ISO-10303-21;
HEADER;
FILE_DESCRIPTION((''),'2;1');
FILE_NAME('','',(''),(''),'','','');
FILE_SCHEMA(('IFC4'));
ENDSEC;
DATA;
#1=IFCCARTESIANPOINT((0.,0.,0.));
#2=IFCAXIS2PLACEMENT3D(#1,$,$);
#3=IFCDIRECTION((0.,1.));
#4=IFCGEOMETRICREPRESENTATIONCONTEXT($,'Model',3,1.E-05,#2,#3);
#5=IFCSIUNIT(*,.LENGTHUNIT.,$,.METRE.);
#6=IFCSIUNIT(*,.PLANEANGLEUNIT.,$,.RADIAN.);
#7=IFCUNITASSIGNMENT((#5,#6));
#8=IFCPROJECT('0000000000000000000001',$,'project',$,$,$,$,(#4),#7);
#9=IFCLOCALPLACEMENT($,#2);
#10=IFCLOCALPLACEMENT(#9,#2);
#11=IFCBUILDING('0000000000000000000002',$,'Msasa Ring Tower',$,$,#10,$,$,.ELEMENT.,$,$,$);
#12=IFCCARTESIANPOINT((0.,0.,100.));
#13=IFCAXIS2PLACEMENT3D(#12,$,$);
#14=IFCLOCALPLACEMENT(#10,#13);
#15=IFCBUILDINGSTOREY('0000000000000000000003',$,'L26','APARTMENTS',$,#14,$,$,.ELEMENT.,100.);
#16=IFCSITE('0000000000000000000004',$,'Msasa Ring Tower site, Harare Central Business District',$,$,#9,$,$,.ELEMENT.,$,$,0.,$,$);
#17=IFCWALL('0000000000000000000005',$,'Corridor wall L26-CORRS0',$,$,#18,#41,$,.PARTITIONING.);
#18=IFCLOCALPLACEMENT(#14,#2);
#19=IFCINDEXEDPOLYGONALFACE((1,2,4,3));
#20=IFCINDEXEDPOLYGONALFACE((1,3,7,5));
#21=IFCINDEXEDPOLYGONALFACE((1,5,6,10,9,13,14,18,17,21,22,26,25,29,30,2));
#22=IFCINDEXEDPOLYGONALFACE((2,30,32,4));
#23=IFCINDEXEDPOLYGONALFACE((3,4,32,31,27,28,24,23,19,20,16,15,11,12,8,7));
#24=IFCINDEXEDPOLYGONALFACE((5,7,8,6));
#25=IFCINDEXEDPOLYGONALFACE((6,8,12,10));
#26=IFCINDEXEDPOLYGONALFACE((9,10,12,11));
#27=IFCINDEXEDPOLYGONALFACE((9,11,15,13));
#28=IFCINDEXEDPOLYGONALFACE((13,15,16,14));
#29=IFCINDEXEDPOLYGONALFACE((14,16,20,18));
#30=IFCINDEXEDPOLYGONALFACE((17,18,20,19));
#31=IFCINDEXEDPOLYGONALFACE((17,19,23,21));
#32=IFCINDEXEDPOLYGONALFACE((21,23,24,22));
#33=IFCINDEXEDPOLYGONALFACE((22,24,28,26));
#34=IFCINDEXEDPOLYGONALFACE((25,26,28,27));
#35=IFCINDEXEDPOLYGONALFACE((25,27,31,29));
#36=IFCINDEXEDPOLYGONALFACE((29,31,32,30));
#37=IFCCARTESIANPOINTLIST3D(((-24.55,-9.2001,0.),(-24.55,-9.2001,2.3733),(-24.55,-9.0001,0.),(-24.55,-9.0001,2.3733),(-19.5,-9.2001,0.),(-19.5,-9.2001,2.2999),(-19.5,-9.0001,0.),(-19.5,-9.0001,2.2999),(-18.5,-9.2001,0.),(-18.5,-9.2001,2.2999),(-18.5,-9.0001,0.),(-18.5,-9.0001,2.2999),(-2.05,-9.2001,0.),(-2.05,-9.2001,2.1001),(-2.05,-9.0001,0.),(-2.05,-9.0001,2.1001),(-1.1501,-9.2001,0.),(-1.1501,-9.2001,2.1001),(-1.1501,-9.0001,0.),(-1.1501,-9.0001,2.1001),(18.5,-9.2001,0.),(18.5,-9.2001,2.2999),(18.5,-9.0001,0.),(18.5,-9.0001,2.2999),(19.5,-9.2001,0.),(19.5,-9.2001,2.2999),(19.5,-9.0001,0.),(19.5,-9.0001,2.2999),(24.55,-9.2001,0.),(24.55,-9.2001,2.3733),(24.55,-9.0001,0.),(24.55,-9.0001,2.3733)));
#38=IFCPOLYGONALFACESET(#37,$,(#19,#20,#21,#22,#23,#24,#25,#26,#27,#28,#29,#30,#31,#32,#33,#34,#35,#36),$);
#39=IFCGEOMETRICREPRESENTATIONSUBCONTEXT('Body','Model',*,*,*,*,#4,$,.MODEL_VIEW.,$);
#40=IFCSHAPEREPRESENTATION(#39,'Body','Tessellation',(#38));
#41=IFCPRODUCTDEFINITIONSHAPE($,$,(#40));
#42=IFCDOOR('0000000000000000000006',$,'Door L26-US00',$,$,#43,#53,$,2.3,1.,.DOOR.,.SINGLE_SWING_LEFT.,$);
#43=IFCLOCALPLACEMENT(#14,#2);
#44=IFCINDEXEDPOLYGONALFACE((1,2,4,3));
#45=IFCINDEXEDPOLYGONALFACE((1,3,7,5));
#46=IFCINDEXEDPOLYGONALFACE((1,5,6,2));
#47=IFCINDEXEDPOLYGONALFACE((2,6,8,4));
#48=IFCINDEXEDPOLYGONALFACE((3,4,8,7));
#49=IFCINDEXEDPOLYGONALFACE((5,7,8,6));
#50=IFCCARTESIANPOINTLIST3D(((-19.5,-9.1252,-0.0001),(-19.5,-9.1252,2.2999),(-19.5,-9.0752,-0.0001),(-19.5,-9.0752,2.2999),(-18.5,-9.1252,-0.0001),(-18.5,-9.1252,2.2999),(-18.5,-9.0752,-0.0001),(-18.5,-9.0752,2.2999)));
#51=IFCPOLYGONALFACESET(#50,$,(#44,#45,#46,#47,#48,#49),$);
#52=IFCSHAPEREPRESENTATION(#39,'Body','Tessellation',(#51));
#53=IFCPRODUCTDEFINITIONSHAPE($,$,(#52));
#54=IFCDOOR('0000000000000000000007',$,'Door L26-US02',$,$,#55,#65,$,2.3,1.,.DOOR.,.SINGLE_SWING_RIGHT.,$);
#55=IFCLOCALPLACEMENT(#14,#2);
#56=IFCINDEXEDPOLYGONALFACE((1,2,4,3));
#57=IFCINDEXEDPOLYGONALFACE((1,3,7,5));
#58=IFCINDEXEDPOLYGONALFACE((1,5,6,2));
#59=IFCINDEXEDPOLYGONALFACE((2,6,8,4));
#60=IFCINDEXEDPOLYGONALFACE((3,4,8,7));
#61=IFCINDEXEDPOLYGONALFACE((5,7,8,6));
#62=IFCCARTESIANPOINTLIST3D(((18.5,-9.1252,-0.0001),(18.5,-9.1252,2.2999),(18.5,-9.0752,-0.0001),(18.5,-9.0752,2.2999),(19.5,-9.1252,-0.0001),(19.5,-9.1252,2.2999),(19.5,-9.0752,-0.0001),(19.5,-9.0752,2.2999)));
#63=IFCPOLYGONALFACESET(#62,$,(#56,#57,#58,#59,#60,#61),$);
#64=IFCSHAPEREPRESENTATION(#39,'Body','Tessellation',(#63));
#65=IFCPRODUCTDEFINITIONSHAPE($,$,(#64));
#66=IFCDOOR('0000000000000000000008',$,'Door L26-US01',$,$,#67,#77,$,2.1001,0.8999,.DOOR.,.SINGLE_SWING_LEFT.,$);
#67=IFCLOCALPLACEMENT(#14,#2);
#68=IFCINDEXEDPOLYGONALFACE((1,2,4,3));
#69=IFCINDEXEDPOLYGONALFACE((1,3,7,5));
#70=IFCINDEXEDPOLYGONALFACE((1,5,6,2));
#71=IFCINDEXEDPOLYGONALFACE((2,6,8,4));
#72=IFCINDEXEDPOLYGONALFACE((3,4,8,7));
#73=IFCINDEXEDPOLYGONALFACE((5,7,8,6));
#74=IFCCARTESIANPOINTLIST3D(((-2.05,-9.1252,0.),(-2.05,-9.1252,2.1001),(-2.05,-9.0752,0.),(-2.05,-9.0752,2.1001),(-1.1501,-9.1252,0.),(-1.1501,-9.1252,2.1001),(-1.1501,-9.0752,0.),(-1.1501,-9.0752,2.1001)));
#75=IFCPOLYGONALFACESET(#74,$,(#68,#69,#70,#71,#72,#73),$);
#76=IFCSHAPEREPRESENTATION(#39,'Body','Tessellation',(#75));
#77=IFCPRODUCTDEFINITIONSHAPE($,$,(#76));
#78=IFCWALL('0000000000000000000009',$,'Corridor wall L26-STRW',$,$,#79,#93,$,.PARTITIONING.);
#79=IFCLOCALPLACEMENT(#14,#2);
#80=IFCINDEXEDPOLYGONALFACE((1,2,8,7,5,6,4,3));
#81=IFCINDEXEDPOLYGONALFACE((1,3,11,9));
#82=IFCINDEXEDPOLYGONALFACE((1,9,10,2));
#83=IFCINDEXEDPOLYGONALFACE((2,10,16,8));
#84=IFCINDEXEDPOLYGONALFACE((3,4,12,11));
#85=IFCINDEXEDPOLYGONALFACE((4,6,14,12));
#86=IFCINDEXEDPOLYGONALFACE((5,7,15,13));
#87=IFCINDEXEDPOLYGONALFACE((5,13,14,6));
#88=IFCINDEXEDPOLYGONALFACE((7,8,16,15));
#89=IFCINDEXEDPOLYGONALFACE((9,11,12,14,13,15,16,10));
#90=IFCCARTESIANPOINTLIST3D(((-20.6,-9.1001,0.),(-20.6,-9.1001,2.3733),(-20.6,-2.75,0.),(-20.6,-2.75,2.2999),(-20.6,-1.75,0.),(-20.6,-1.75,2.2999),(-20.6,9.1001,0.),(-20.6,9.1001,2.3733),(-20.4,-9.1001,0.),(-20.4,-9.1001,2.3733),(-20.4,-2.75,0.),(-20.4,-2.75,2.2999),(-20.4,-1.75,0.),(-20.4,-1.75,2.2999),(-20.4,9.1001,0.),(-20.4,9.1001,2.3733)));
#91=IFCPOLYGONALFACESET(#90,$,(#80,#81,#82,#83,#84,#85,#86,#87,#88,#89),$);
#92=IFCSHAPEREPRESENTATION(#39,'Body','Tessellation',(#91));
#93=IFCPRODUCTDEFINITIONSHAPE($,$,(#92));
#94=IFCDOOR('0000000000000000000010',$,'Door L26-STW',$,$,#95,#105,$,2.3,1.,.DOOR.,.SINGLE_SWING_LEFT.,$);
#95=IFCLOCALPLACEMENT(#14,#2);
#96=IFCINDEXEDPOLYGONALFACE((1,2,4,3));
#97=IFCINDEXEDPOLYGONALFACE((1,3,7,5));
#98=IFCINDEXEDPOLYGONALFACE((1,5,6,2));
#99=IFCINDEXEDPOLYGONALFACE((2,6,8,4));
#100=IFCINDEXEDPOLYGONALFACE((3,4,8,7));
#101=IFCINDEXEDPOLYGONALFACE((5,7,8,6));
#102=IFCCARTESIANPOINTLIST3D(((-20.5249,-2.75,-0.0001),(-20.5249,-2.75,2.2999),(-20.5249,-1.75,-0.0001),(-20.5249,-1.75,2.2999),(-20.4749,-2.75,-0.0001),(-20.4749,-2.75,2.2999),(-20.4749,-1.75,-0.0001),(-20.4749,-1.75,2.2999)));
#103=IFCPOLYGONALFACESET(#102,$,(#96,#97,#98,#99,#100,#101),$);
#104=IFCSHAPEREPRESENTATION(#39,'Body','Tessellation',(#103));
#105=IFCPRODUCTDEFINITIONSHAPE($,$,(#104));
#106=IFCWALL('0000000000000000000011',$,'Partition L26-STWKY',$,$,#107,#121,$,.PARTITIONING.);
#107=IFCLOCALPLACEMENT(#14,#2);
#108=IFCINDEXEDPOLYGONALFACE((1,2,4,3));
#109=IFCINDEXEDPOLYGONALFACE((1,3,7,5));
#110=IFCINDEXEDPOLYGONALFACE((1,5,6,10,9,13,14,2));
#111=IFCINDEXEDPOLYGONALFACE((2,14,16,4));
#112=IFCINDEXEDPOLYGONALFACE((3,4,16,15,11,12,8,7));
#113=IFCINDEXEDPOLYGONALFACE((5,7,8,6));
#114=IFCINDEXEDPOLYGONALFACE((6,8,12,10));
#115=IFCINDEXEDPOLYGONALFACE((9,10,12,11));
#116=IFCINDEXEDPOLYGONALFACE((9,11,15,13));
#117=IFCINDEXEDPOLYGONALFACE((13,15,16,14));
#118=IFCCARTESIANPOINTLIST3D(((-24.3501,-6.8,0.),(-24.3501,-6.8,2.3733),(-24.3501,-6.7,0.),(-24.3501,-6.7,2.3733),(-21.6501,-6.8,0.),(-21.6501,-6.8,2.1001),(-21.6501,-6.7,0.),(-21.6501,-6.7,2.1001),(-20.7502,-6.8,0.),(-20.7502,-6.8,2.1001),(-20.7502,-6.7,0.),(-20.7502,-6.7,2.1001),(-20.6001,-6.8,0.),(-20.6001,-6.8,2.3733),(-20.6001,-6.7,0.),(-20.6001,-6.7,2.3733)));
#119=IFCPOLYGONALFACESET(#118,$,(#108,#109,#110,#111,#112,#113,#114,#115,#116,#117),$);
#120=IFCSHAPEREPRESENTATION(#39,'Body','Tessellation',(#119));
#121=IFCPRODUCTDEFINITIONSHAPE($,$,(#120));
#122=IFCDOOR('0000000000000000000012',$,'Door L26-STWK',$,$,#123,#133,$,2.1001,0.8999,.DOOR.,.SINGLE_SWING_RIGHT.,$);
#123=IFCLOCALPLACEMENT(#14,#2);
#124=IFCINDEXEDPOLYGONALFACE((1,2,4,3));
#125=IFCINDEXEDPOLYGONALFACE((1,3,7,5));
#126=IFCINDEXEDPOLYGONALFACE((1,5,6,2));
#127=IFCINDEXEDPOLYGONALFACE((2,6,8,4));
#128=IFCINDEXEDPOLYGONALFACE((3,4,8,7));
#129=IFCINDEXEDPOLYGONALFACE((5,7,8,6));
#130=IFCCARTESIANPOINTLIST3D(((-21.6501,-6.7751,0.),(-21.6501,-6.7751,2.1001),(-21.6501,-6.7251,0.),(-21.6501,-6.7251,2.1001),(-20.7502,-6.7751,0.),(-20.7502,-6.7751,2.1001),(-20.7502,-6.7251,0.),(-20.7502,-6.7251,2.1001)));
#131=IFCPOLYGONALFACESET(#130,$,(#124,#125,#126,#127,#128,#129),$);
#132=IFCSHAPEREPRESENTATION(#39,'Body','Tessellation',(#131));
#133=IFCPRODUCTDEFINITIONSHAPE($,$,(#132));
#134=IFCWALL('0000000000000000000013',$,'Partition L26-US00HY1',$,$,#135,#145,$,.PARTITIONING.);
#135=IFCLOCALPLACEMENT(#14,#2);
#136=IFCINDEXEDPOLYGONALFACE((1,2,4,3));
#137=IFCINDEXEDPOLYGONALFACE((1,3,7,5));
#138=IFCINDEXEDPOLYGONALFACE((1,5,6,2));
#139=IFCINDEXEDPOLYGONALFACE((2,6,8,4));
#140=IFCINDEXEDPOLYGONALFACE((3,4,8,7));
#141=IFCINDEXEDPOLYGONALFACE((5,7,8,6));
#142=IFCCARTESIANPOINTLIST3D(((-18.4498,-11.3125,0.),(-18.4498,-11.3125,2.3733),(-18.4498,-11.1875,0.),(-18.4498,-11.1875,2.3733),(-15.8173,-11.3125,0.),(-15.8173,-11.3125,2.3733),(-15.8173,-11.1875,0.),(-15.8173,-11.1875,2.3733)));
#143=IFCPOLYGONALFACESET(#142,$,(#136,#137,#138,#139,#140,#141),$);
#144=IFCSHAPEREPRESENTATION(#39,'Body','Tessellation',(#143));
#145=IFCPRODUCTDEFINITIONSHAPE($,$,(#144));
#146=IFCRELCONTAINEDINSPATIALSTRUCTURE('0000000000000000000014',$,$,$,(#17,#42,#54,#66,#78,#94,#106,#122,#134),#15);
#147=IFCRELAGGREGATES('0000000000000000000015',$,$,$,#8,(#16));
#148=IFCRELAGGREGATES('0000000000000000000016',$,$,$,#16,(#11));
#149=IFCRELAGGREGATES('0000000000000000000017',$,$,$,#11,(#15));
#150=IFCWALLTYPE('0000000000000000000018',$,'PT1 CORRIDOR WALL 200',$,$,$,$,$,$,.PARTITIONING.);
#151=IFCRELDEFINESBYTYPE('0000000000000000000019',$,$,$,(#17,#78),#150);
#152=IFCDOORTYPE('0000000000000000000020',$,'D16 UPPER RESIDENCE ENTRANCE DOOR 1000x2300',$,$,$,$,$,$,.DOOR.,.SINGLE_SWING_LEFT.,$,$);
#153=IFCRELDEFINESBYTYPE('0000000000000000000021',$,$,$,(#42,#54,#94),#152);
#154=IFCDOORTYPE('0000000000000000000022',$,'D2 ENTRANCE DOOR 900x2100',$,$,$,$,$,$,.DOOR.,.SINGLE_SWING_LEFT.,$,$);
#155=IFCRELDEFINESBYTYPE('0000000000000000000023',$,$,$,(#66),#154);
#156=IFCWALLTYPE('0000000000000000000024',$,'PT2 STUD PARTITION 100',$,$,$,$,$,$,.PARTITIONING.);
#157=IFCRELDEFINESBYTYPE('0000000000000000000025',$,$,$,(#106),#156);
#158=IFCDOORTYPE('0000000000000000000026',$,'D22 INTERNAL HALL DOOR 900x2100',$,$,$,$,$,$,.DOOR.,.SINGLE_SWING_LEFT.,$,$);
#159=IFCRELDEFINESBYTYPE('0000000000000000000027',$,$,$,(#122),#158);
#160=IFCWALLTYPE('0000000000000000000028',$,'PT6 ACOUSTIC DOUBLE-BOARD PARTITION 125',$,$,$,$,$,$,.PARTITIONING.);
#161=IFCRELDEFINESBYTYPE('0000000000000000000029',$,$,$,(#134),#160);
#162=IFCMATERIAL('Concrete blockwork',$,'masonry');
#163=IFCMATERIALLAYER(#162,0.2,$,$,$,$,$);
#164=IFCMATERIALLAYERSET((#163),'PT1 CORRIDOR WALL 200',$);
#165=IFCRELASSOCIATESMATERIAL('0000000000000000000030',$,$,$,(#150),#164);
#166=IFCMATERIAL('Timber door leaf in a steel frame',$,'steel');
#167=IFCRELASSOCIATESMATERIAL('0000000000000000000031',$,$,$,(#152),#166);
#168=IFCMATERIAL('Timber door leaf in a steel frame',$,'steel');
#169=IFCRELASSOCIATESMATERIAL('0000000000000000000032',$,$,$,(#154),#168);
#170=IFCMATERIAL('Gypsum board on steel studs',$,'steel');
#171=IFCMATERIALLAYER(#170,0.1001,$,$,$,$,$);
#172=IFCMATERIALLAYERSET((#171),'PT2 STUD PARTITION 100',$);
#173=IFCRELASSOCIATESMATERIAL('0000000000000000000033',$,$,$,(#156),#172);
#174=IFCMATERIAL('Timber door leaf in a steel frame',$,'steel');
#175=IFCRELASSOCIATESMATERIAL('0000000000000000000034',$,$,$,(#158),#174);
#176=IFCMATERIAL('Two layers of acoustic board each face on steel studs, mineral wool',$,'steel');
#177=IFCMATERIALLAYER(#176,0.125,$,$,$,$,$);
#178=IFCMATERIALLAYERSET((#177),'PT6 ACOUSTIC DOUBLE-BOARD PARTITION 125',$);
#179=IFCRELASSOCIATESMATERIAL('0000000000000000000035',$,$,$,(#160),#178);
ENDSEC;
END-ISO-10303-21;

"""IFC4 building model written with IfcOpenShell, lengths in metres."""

from ifc_helpers import new_model, si_unit, direction, frame, frame_2d, origin, place, context, subcontext, project, spatial, rectangle, extrude, material, layer, layer_set, type_object, element, fill, save


model = new_model("IFC4")

# Units and contexts
model_context = context("Model", 3, precision=1e-05, world=origin(), true_north=direction((0.0, 1.0)))
body_context = subcontext(model_context, "Body", "Model", "MODEL_VIEW")
ifc_project = project(units=[si_unit("LENGTHUNIT", "METRE"), si_unit("PLANEANGLEUNIT", "RADIAN")], contexts=[model_context])

# Site, building, storey
site_placement = place(None, origin())
site = spatial("IfcSite", under=ifc_project, at=site_placement, Name="Msasa Ring Tower site, Harare Central Business District", CompositionType="ELEMENT", RefElevation=0.0)
building_placement = place(site_placement, origin())
building = spatial("IfcBuilding", under=site, at=building_placement, Name="Msasa Ring Tower", CompositionType="ELEMENT")
storey_placement = place(building_placement, frame((0.0, 0.0, 100.0)))
storey = spatial("IfcBuildingStorey", under=building, at=storey_placement, Name="L26", Description="APARTMENTS", CompositionType="ELEMENT", Elevation=100.0)

# Wall, openings, doors
ifc_material_1 = material(Name="Concrete blockwork", Category="masonry")
ifc_layer_1 = layer(ifc_material_1, 0.2)
ifc_layer_set_1 = layer_set([ifc_layer_1], Name="PT1 CORRIDOR WALL 200")
wall_type_1 = type_object("IfcWallType", Name="PT1 CORRIDOR WALL 200", PredefinedType="PARTITIONING", material=ifc_layer_set_1)
wall_1_placement = place(storey_placement, frame((-24.55, -9.1001, 0.0), z_axis=(0.0, 0.0, 1.0), x_axis=(1.0, 0.0, 0.0)))
wall_1 = element("IfcWall", 1, at=wall_1_placement, inside=storey, type_object=wall_type_1, Name="Corridor wall L26-CORRS0", PredefinedType="PARTITIONING", context=body_context, shape_type="SweptSolid", body=[
    extrude(rectangle(XDim=49.1001, YDim=0.2, at=frame_2d((24.55, 0.0))), origin(), (0.0, 0.0, 1.0), 2.3733),
])
opening_1_placement = place(wall_1_placement, frame((5.05, 0.0, 0.0)))
opening_1 = element("IfcOpeningElement", 2, at=opening_1_placement, cuts=wall_1, PredefinedType="OPENING", context=body_context, shape_type="SweptSolid", body=[
    extrude(rectangle(XDim=1.0, YDim=2.3, at=frame_2d((0.5, 1.1499))), frame((0.0, 0.1099, 0.0), z_axis=(0.0, -1.0, 0.0), x_axis=(1.0, 0.0, 0.0)), (0.0, 0.0, 1.0), 0.22),
])
opening_2_placement = place(wall_1_placement, frame((22.5, 0.0, 0.0)))
opening_2 = element("IfcOpeningElement", 3, at=opening_2_placement, cuts=wall_1, PredefinedType="OPENING", context=body_context, shape_type="SweptSolid", body=[
    extrude(rectangle(XDim=0.8999, YDim=2.1001, at=frame_2d((0.45, 1.05))), frame((0.0, 0.1099, 0.0), z_axis=(0.0, -1.0, 0.0), x_axis=(1.0, 0.0, 0.0)), (0.0, 0.0, 1.0), 0.22),
])
opening_3_placement = place(wall_1_placement, frame((43.05, 0.0, 0.0)))
opening_3 = element("IfcOpeningElement", 4, at=opening_3_placement, cuts=wall_1, PredefinedType="OPENING", context=body_context, shape_type="SweptSolid", body=[
    extrude(rectangle(XDim=1.0, YDim=2.3, at=frame_2d((0.5, 1.1499))), frame((0.0, 0.1099, 0.0), z_axis=(0.0, -1.0, 0.0), x_axis=(1.0, 0.0, 0.0)), (0.0, 0.0, 1.0), 0.22),
])
ifc_material_2 = material(Name="Timber door leaf in a steel frame", Category="steel")
door_type_1 = type_object("IfcDoorType", Name="D16 UPPER RESIDENCE ENTRANCE DOOR 1000x2300", OperationType="SINGLE_SWING_LEFT", PredefinedType="DOOR", material=ifc_material_2)
door_1_placement = place(opening_1_placement, origin())
door_1 = element("IfcDoor", 5, at=door_1_placement, inside=storey, type_object=door_type_1, Name="Door L26-US00", OperationType="SINGLE_SWING_LEFT", OverallHeight=2.3, OverallWidth=1.0, PredefinedType="DOOR", context=body_context, shape_type="SweptSolid", body=[
    extrude(rectangle(XDim=1.0, YDim=2.3, at=frame_2d((0.5, 1.1499))), frame((0.0, 0.0249, 0.0), z_axis=(0.0, -1.0, 0.0), x_axis=(1.0, 0.0, 0.0)), (0.0, 0.0, 1.0), 0.05),
])
fill(opening_1, door_1)
door_2_placement = place(opening_3_placement, origin())
door_2 = element("IfcDoor", 6, at=door_2_placement, inside=storey, type_object=door_type_1, Name="Door L26-US02", OperationType="SINGLE_SWING_RIGHT", OverallHeight=2.3, OverallWidth=1.0, PredefinedType="DOOR", context=body_context, shape_type="SweptSolid", body=[
    extrude(rectangle(XDim=1.0, YDim=2.3, at=frame_2d((0.5, 1.1499))), frame((0.0, 0.0249, 0.0), z_axis=(0.0, -1.0, 0.0), x_axis=(1.0, 0.0, 0.0)), (0.0, 0.0, 1.0), 0.05),
])
fill(opening_3, door_2)
ifc_material_3 = material(Name="Timber door leaf in a steel frame", Category="steel")
door_type_2 = type_object("IfcDoorType", Name="D2 ENTRANCE DOOR 900x2100", OperationType="SINGLE_SWING_LEFT", PredefinedType="DOOR", material=ifc_material_3)
door_3_placement = place(opening_2_placement, origin())
door_3 = element("IfcDoor", 7, at=door_3_placement, inside=storey, type_object=door_type_2, Name="Door L26-US01", OperationType="SINGLE_SWING_LEFT", OverallHeight=2.1001, OverallWidth=0.8999, PredefinedType="DOOR", context=body_context, shape_type="SweptSolid", body=[
    extrude(rectangle(XDim=0.8999, YDim=2.1001, at=frame_2d((0.45, 1.05))), frame((0.0, 0.0249, 0.0), z_axis=(0.0, -1.0, 0.0), x_axis=(1.0, 0.0, 0.0)), (0.0, 0.0, 1.0), 0.05),
])
fill(opening_2, door_3)

# Walls, openings, doors
wall_2_placement = place(storey_placement, frame((-20.5, -9.1001, 0.0), z_axis=(0.0, 0.0, 1.0), x_axis=(0.0, 1.0, 0.0)))
wall_2 = element("IfcWall", 8, at=wall_2_placement, inside=storey, type_object=wall_type_1, Name="Corridor wall L26-STRW", PredefinedType="PARTITIONING", context=body_context, shape_type="SweptSolid", body=[
    extrude(rectangle(XDim=18.2002, YDim=0.2, at=frame_2d((9.1001, 0.0))), origin(), (0.0, 0.0, 1.0), 2.3733),
])
opening_4_placement = place(wall_2_placement, frame((6.3501, 0.0, 0.0)))
opening_4 = element("IfcOpeningElement", 9, at=opening_4_placement, cuts=wall_2, PredefinedType="OPENING", context=body_context, shape_type="SweptSolid", body=[
    extrude(rectangle(XDim=1.0, YDim=2.3, at=frame_2d((0.5, 1.1499))), frame((0.0, 0.1099, 0.0), z_axis=(0.0, -1.0, 0.0), x_axis=(1.0, 0.0, 0.0)), (0.0, 0.0, 1.0), 0.22),
])
door_4_placement = place(opening_4_placement, origin())
door_4 = element("IfcDoor", 10, at=door_4_placement, inside=storey, type_object=door_type_1, Name="Door L26-STW", OperationType="SINGLE_SWING_LEFT", OverallHeight=2.3, OverallWidth=1.0, PredefinedType="DOOR", context=body_context, shape_type="SweptSolid", body=[
    extrude(rectangle(XDim=1.0, YDim=2.3, at=frame_2d((0.5, 1.1499))), frame((0.0, 0.0249, 0.0), z_axis=(0.0, -1.0, 0.0), x_axis=(1.0, 0.0, 0.0)), (0.0, 0.0, 1.0), 0.05),
])
fill(opening_4, door_4)
ifc_material_4 = material(Name="Gypsum board on steel studs", Category="steel")
ifc_layer_2 = layer(ifc_material_4, 0.1001)
ifc_layer_set_2 = layer_set([ifc_layer_2], Name="PT2 STUD PARTITION 100")
wall_type_2 = type_object("IfcWallType", Name="PT2 STUD PARTITION 100", PredefinedType="PARTITIONING", material=ifc_layer_set_2)
wall_3_placement = place(storey_placement, frame((-24.3501, -6.75, 0.0), z_axis=(0.0, 0.0, 1.0), x_axis=(1.0, 0.0, 0.0)))
wall_3 = element("IfcWall", 11, at=wall_3_placement, inside=storey, type_object=wall_type_2, Name="Partition L26-STWKY", PredefinedType="PARTITIONING", context=body_context, shape_type="SweptSolid", body=[
    extrude(rectangle(XDim=3.75, YDim=0.1001, at=frame_2d((1.875, 0.0))), origin(), (0.0, 0.0, 1.0), 2.3733),
])
opening_5_placement = place(wall_3_placement, frame((2.7, 0.0, 0.0)))
opening_5 = element("IfcOpeningElement", 12, at=opening_5_placement, cuts=wall_3, PredefinedType="OPENING", context=body_context, shape_type="SweptSolid", body=[
    extrude(rectangle(XDim=0.8999, YDim=2.1001, at=frame_2d((0.45, 1.05))), frame((0.0, 0.0601, 0.0), z_axis=(0.0, -1.0, 0.0), x_axis=(1.0, 0.0, 0.0)), (0.0, 0.0, 1.0), 0.1201),
])
ifc_material_5 = material(Name="Timber door leaf in a steel frame", Category="steel")
door_type_3 = type_object("IfcDoorType", Name="D22 INTERNAL HALL DOOR 900x2100", OperationType="SINGLE_SWING_LEFT", PredefinedType="DOOR", material=ifc_material_5)
door_5_placement = place(opening_5_placement, origin())
door_5 = element("IfcDoor", 13, at=door_5_placement, inside=storey, type_object=door_type_3, Name="Door L26-STWK", OperationType="SINGLE_SWING_RIGHT", OverallHeight=2.1001, OverallWidth=0.8999, PredefinedType="DOOR", context=body_context, shape_type="SweptSolid", body=[
    extrude(rectangle(XDim=0.8999, YDim=2.1001, at=frame_2d((0.45, 1.05))), frame((0.0, 0.0249, 0.0), z_axis=(0.0, -1.0, 0.0), x_axis=(1.0, 0.0, 0.0)), (0.0, 0.0, 1.0), 0.05),
])
fill(opening_5, door_5)

# Wall
ifc_material_6 = material(Name="Two layers of acoustic board each face on steel studs, mineral wool", Category="steel")
ifc_layer_3 = layer(ifc_material_6, 0.125)
ifc_layer_set_3 = layer_set([ifc_layer_3], Name="PT6 ACOUSTIC DOUBLE-BOARD PARTITION 125")
wall_type_3 = type_object("IfcWallType", Name="PT6 ACOUSTIC DOUBLE-BOARD PARTITION 125", PredefinedType="PARTITIONING", material=ifc_layer_set_3)
wall_4_placement = place(storey_placement, frame((-18.45, -11.25, 0.0), z_axis=(0.0, 0.0, 1.0), x_axis=(1.0, 0.0, 0.0)))
element("IfcWall", 14, at=wall_4_placement, inside=storey, type_object=wall_type_3, Name="Partition L26-US00HY1", PredefinedType="PARTITIONING", context=body_context, shape_type="SweptSolid", body=[
    extrude(rectangle(XDim=2.6326, YDim=0.125, at=frame_2d((1.3164, 0.0))), origin(), (0.0, 0.0, 1.0), 2.3733),
])

save(model, "model.ifc")
